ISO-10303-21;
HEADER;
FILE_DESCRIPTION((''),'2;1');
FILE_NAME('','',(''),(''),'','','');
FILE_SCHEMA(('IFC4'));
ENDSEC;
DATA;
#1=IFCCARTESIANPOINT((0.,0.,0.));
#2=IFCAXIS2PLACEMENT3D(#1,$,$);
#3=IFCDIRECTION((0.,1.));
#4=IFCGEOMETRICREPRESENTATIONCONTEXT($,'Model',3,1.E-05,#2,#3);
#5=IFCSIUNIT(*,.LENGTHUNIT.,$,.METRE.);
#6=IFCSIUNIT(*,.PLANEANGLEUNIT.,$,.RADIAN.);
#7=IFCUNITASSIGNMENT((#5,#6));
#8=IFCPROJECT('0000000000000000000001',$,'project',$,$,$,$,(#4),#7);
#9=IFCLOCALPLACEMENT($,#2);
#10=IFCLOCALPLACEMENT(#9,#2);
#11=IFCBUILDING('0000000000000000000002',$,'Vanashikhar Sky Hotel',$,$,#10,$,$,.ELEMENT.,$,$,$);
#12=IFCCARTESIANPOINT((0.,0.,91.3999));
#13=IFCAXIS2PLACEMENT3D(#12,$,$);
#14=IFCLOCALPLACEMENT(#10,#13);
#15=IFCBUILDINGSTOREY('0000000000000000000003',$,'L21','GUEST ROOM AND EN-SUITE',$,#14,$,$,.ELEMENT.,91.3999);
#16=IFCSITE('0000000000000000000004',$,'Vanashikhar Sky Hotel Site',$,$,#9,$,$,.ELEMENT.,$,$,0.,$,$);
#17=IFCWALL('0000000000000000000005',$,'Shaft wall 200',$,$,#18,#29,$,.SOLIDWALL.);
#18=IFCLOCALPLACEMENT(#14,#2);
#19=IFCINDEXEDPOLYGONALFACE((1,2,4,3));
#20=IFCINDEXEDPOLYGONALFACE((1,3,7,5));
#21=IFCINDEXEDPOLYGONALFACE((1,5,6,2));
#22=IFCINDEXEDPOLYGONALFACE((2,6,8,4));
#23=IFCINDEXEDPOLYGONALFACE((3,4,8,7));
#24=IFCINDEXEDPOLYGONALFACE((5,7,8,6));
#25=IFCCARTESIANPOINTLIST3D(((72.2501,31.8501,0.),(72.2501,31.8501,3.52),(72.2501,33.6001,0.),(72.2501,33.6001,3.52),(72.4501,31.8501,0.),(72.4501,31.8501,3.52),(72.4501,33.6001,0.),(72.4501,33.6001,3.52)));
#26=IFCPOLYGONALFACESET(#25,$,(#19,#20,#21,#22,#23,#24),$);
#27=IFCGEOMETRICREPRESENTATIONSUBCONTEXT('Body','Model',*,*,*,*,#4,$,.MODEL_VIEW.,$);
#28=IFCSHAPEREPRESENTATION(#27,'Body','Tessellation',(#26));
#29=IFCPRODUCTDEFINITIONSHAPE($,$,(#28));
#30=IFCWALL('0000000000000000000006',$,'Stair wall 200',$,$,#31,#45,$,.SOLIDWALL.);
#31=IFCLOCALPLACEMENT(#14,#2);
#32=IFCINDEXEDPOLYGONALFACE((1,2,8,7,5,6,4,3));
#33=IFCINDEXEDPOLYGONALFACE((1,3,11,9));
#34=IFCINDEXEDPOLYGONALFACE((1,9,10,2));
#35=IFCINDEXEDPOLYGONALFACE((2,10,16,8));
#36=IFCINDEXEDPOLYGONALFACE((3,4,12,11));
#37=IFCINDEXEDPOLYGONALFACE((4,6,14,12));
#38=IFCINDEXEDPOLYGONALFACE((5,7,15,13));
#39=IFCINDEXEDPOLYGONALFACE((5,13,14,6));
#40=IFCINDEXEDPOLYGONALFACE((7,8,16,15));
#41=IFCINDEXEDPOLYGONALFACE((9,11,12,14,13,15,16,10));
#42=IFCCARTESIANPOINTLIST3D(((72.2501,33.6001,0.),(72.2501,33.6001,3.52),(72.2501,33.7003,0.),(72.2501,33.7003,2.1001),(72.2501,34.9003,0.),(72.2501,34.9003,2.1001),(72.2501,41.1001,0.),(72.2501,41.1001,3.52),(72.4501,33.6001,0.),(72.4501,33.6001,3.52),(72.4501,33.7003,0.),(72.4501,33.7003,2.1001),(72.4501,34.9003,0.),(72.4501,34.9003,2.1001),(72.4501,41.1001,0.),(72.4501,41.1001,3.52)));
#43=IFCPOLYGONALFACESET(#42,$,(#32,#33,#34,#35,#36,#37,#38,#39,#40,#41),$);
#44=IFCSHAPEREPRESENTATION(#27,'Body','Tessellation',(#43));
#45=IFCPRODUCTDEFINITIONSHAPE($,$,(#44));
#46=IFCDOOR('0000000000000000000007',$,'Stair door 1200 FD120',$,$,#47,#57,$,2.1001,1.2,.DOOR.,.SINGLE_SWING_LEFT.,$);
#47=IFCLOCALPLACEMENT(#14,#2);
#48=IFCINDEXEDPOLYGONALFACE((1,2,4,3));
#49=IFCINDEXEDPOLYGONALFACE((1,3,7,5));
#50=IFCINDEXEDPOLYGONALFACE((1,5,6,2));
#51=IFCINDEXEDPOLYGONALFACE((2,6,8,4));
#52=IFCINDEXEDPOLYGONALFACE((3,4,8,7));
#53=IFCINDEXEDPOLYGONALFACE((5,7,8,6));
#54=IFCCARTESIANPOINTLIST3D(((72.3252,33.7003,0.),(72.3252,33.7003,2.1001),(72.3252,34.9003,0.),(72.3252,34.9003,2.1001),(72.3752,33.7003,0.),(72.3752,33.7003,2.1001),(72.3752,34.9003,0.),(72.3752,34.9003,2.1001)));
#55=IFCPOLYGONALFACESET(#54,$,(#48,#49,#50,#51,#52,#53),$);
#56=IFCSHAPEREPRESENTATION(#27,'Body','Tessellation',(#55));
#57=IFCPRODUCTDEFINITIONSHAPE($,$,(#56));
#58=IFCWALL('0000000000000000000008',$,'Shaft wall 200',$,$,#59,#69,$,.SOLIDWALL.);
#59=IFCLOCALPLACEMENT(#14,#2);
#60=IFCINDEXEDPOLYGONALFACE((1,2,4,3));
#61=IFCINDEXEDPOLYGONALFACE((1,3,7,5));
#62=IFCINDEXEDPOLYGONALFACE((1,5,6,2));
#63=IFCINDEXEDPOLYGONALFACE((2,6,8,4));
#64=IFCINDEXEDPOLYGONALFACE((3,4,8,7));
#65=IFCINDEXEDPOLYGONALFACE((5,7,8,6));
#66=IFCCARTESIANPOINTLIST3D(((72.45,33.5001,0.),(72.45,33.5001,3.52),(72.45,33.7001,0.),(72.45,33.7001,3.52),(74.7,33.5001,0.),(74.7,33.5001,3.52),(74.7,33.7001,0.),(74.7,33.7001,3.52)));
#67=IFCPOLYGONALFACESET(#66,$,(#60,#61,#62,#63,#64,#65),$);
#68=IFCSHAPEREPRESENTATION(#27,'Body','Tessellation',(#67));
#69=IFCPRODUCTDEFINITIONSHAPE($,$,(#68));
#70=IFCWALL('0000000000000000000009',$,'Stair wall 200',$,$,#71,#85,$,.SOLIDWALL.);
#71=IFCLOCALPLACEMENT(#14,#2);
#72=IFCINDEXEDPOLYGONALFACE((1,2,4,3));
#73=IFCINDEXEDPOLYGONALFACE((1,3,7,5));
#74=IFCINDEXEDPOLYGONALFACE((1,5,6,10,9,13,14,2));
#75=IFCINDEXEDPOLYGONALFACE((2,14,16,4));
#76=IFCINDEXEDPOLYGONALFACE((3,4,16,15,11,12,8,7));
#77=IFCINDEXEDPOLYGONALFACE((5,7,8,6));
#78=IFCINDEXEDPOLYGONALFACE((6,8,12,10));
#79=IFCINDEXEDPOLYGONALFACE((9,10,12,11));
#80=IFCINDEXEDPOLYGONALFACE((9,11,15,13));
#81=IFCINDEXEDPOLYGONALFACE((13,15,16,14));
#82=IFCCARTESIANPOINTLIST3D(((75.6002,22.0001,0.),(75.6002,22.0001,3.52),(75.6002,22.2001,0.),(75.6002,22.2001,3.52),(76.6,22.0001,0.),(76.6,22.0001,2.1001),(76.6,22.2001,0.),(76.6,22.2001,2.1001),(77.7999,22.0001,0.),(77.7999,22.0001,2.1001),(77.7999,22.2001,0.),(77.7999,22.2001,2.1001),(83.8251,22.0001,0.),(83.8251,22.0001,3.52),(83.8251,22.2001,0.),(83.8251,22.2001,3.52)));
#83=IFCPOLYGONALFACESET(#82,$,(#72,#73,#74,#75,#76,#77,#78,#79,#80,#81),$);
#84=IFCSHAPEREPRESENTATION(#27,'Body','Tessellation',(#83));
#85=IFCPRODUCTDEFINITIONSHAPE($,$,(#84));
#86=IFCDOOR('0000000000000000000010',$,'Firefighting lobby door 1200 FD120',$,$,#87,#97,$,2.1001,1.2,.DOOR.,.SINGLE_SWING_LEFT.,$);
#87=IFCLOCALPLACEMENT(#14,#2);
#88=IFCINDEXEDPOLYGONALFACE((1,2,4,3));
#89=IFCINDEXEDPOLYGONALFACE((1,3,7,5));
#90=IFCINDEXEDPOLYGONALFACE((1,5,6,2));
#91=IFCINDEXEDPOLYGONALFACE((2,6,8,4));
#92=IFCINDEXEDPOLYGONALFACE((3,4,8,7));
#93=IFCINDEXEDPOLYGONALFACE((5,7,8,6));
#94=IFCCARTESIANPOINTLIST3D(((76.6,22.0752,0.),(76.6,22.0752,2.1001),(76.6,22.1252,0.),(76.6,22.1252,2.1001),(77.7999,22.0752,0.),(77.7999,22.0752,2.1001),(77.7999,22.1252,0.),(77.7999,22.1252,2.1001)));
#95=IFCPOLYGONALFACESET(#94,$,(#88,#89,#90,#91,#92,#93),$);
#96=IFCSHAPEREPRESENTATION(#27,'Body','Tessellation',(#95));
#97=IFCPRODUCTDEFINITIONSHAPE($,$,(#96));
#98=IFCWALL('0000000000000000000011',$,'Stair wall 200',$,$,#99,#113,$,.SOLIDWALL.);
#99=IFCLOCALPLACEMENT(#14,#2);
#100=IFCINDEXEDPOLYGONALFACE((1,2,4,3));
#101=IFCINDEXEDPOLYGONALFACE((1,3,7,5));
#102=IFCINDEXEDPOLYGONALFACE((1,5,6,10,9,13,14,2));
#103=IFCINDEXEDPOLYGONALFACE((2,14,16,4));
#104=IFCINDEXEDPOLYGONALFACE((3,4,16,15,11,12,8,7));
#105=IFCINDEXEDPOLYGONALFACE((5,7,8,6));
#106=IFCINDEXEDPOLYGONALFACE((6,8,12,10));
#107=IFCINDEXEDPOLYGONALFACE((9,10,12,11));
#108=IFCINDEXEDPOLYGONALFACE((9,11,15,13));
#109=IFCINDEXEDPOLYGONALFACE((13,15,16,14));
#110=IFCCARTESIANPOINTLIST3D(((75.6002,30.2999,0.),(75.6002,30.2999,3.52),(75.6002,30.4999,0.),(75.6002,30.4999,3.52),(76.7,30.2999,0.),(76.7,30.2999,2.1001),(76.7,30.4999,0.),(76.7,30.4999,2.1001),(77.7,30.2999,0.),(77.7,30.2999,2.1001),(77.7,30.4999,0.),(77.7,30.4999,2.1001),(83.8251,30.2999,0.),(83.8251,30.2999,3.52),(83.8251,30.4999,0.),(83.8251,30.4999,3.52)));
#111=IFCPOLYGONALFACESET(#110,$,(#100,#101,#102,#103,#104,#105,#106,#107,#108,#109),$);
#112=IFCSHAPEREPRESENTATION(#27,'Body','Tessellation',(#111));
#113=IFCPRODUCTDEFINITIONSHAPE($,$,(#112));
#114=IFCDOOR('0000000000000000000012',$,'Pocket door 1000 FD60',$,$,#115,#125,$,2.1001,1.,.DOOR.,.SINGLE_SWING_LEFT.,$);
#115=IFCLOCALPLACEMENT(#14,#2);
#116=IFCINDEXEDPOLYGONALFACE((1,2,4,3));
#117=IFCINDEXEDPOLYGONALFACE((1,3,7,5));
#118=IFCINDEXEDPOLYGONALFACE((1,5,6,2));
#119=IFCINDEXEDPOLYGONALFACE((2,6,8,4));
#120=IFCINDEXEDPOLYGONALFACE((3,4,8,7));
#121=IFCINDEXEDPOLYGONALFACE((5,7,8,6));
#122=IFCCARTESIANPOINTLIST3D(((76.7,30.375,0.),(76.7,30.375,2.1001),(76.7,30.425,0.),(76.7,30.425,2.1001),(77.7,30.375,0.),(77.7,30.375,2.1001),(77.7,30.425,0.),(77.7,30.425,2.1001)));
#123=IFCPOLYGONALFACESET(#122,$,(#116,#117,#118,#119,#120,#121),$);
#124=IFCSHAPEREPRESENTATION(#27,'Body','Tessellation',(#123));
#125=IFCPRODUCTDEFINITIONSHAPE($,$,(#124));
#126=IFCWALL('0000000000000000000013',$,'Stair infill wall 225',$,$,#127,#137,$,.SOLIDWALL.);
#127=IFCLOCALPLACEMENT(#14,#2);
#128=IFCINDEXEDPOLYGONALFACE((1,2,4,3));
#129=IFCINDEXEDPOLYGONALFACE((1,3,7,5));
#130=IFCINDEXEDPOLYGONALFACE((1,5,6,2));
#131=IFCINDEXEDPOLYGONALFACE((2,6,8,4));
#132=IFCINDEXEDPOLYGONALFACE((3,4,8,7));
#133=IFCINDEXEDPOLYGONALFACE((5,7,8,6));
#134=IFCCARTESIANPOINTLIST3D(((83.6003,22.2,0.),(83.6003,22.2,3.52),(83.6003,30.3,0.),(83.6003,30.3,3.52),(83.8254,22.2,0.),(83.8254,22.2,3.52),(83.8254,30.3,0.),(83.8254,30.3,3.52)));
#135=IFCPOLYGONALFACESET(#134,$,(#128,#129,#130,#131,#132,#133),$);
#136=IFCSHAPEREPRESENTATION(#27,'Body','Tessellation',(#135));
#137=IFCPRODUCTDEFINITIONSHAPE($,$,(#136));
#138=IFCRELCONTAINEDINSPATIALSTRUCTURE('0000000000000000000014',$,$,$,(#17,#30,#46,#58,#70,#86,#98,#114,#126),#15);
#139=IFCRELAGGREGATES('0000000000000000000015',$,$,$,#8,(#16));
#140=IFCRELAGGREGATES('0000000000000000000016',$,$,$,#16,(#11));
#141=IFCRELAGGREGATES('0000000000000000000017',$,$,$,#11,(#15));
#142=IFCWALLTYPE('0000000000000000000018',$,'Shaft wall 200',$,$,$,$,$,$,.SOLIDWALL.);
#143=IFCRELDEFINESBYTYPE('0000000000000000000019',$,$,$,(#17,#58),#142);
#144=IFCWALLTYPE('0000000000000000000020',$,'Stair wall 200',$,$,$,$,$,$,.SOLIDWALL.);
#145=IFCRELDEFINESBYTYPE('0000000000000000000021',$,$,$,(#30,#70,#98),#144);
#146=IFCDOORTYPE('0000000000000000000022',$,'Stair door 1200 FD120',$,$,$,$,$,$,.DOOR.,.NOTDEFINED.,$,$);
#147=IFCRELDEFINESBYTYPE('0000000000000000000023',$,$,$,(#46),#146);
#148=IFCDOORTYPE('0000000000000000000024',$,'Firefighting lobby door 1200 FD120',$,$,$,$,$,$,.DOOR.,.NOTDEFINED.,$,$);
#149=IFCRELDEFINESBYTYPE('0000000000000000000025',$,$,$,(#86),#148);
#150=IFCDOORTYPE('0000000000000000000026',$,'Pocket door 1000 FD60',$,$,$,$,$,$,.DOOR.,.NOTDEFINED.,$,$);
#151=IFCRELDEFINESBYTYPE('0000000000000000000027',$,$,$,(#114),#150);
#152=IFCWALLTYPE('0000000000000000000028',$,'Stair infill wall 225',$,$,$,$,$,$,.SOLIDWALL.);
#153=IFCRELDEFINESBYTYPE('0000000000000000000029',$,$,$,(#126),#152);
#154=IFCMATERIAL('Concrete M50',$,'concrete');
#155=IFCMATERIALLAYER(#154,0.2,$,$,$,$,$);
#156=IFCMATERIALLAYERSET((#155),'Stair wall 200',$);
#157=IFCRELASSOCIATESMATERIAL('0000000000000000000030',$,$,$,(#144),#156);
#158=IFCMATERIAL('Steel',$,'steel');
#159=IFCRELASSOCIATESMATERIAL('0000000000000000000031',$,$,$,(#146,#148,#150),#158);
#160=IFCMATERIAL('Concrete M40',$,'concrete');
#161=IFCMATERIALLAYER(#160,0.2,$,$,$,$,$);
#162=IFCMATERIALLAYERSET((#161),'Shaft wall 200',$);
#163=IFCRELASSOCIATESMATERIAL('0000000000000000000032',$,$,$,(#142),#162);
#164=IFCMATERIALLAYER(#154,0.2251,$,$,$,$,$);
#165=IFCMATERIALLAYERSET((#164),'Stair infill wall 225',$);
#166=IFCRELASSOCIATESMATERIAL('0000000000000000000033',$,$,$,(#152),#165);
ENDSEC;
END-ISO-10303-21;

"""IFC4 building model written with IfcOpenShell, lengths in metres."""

from ifc_helpers import new_model, si_unit, direction, frame, frame_2d, origin, place, context, subcontext, project, spatial, rectangle, extrude, source, transform, mapped, material, layer, layer_set, type_object, element, fill, save


model = new_model("IFC4")

# Units and contexts
model_context = context("Model", 3, precision=1e-05, world=origin(), true_north=direction((0.0, 1.0)))
body_context = subcontext(model_context, "Body", "Model", "MODEL_VIEW")
ifc_project = project(units=[si_unit("LENGTHUNIT", "METRE"), si_unit("PLANEANGLEUNIT", "RADIAN")], contexts=[model_context])

# Site, building, storey
site_placement = place(None, origin())
site = spatial("IfcSite", under=ifc_project, at=site_placement, Name="Vanashikhar Sky Hotel Site", CompositionType="ELEMENT", RefElevation=0.0)
building_placement = place(site_placement, origin())
building = spatial("IfcBuilding", under=site, at=building_placement, Name="Vanashikhar Sky Hotel", CompositionType="ELEMENT")
storey_placement = place(building_placement, frame((0.0, 0.0, 91.3999)))
storey = spatial("IfcBuildingStorey", under=building, at=storey_placement, Name="L21", Description="GUEST ROOM AND EN-SUITE", CompositionType="ELEMENT", Elevation=91.3999)

# Shared definitions
ifc_material_1 = material(Name="Concrete M50", Category="concrete")

# Shared definitions
ifc_material_2 = material(Name="Steel", Category="steel")
shared_shape_1 = source(origin(), body_context, "Body", "SweptSolid", [
    extrude(rectangle(XDim=1.0, YDim=2.1001, at=frame_2d((0.5, 1.05))), frame((0.0, 0.0249, 0.0), z_axis=(0.0, -1.0, 0.0), x_axis=(1.0, 0.0, 0.0)), (0.0, 0.0, 1.0), 0.05),
])
shared_shape_2 = source(origin(), body_context, "Body", "SweptSolid", [
    extrude(rectangle(XDim=1.2, YDim=2.1001, at=frame_2d((0.6001, 1.05))), frame((0.0, 0.0249, 0.0), z_axis=(0.0, -1.0, 0.0), x_axis=(1.0, 0.0, 0.0)), (0.0, 0.0, 1.0), 0.05),
])

# Shared definitions
ifc_layer_1 = layer(ifc_material_1, 0.2)
ifc_layer_set_1 = layer_set([ifc_layer_1], Name="Stair wall 200")
wall_type_1 = type_object("IfcWallType", Name="Stair wall 200", PredefinedType="SOLIDWALL", material=ifc_layer_set_1)
shared_shape_3 = source(origin(), body_context, "Body", "SweptSolid", [
    extrude(rectangle(XDim=1.2, YDim=2.1001, at=frame_2d((0.6001, 1.05))), frame((0.0, 0.1099, 0.0), z_axis=(0.0, -1.0, 0.0), x_axis=(1.0, 0.0, 0.0)), (0.0, 0.0, 1.0), 0.22),
])
door_type_1 = type_object("IfcDoorType", Name="Stair door 1200 FD120", OperationType="NOTDEFINED", PredefinedType="DOOR", material=ifc_material_2)

# Wall
ifc_material_3 = material(Name="Concrete M40", Category="concrete")
ifc_layer_2 = layer(ifc_material_3, 0.2)
ifc_layer_set_2 = layer_set([ifc_layer_2], Name="Shaft wall 200")
wall_type_2 = type_object("IfcWallType", Name="Shaft wall 200", PredefinedType="SOLIDWALL", material=ifc_layer_set_2)
shared_shape_4 = source(origin(), body_context, "Body", "SweptSolid", [
    extrude(rectangle(XDim=1.75, YDim=0.2, at=frame_2d((0.875, 0.0))), origin(), (0.0, 0.0, 1.0), 3.52),
])
wall_1_placement = place(storey_placement, frame((72.3501, 31.8501, 0.0), z_axis=(0.0, 0.0, 1.0), x_axis=(0.0, 1.0, 0.0)))
element("IfcWall", 1, at=wall_1_placement, inside=storey, type_object=wall_type_2, Name="Shaft wall 200", PredefinedType="SOLIDWALL", context=body_context, shape_type="MappedRepresentation", body=[
    mapped(shared_shape_4, transform((0.0, 0.0, 0.0), scale=1.0)),
])

# Wall, opening, door
shared_shape_5 = source(origin(), body_context, "Body", "SweptSolid", [
    extrude(rectangle(XDim=7.5, YDim=0.2, at=frame_2d((3.75, 0.0))), origin(), (0.0, 0.0, 1.0), 3.52),
])
wall_2_placement = place(storey_placement, frame((72.3501, 33.6001, 0.0), z_axis=(0.0, 0.0, 1.0), x_axis=(0.0, 1.0, 0.0)))
wall_2 = element("IfcWall", 2, at=wall_2_placement, inside=storey, type_object=wall_type_1, Name="Stair wall 200", PredefinedType="SOLIDWALL", context=body_context, shape_type="MappedRepresentation", body=[
    mapped(shared_shape_5, transform((0.0, 0.0, 0.0), scale=1.0)),
])
opening_1_placement = place(wall_2_placement, frame((0.1001, 0.0, 0.0)))
opening_1 = element("IfcOpeningElement", 3, at=opening_1_placement, cuts=wall_2, PredefinedType="OPENING", context=body_context, shape_type="MappedRepresentation", body=[
    mapped(shared_shape_3, transform((0.0, 0.0, 0.0), scale=1.0)),
])
door_1_placement = place(opening_1_placement, origin())
door_1 = element("IfcDoor", 4, at=door_1_placement, inside=storey, type_object=door_type_1, Name="Stair door 1200 FD120", OperationType="SINGLE_SWING_LEFT", OverallHeight=2.1001, OverallWidth=1.2, PredefinedType="DOOR", context=body_context, shape_type="MappedRepresentation", body=[
    mapped(shared_shape_2, transform((0.0, 0.0, 0.0), scale=1.0)),
])
fill(opening_1, door_1)

# Wall
shared_shape_6 = source(origin(), body_context, "Body", "SweptSolid", [
    extrude(rectangle(XDim=2.25, YDim=0.2, at=frame_2d((1.125, 0.0))), origin(), (0.0, 0.0, 1.0), 3.52),
])
wall_3_placement = place(storey_placement, frame((72.45, 33.6001, 0.0), z_axis=(0.0, 0.0, 1.0), x_axis=(1.0, 0.0, 0.0)))
element("IfcWall", 5, at=wall_3_placement, inside=storey, type_object=wall_type_2, Name="Shaft wall 200", PredefinedType="SOLIDWALL", context=body_context, shape_type="MappedRepresentation", body=[
    mapped(shared_shape_6, transform((0.0, 0.0, 0.0), scale=1.0)),
])

# Walls, openings, doors
shared_shape_7 = source(origin(), body_context, "Body", "SweptSolid", [
    extrude(rectangle(XDim=8.2249, YDim=0.2, at=frame_2d((4.1123, 0.0))), origin(), (0.0, 0.0, 1.0), 3.52),
])
wall_4_placement = place(storey_placement, frame((83.825, 22.1001, 0.0), z_axis=(0.0, 0.0, 1.0), x_axis=(-1.0, 0.0, 0.0)))
wall_4 = element("IfcWall", 6, at=wall_4_placement, inside=storey, type_object=wall_type_1, Name="Stair wall 200", PredefinedType="SOLIDWALL", context=body_context, shape_type="MappedRepresentation", body=[
    mapped(shared_shape_7, transform((0.0, 0.0, 0.0), scale=1.0)),
])
opening_2_placement = place(wall_4_placement, frame((6.0249, 0.0, 0.0)))
opening_2 = element("IfcOpeningElement", 7, at=opening_2_placement, cuts=wall_4, PredefinedType="OPENING", context=body_context, shape_type="MappedRepresentation", body=[
    mapped(shared_shape_3, transform((0.0, 0.0, 0.0), scale=1.0)),
])
door_type_2 = type_object("IfcDoorType", Name="Firefighting lobby door 1200 FD120", OperationType="NOTDEFINED", PredefinedType="DOOR", material=ifc_material_2)
door_2_placement = place(opening_2_placement, origin())
door_2 = element("IfcDoor", 8, at=door_2_placement, inside=storey, type_object=door_type_2, Name="Firefighting lobby door 1200 FD120", OperationType="SINGLE_SWING_LEFT", OverallHeight=2.1001, OverallWidth=1.2, PredefinedType="DOOR", context=body_context, shape_type="MappedRepresentation", body=[
    mapped(shared_shape_2, transform((0.0, 0.0, 0.0), scale=1.0)),
])
fill(opening_2, door_2)
wall_5_placement = place(storey_placement, frame((83.825, 30.3999, 0.0), z_axis=(0.0, 0.0, 1.0), x_axis=(-1.0, 0.0, 0.0)))
wall_5 = element("IfcWall", 9, at=wall_5_placement, inside=storey, type_object=wall_type_1, Name="Stair wall 200", PredefinedType="SOLIDWALL", context=body_context, shape_type="MappedRepresentation", body=[
    mapped(shared_shape_7, transform((0.0, 0.0, 0.0), scale=1.0)),
])
shared_shape_8 = source(origin(), body_context, "Body", "SweptSolid", [
    extrude(rectangle(XDim=1.0, YDim=2.1001, at=frame_2d((0.5, 1.05))), frame((0.0, 0.1099, 0.0), z_axis=(0.0, -1.0, 0.0), x_axis=(1.0, 0.0, 0.0)), (0.0, 0.0, 1.0), 0.22),
])
opening_3_placement = place(wall_5_placement, frame((6.125, 0.0, 0.0)))
opening_3 = element("IfcOpeningElement", 10, at=opening_3_placement, cuts=wall_5, PredefinedType="OPENING", context=body_context, shape_type="MappedRepresentation", body=[
    mapped(shared_shape_8, transform((0.0, 0.0, 0.0), scale=1.0)),
])
door_type_3 = type_object("IfcDoorType", Name="Pocket door 1000 FD60", OperationType="NOTDEFINED", PredefinedType="DOOR", material=ifc_material_2)
door_3_placement = place(opening_3_placement, origin())
door_3 = element("IfcDoor", 11, at=door_3_placement, inside=storey, type_object=door_type_3, Name="Pocket door 1000 FD60", OperationType="SINGLE_SWING_LEFT", OverallHeight=2.1001, OverallWidth=1.0, PredefinedType="DOOR", context=body_context, shape_type="MappedRepresentation", body=[
    mapped(shared_shape_1, transform((0.0, 0.0, 0.0), scale=1.0)),
])
fill(opening_3, door_3)

# Wall
ifc_layer_3 = layer(ifc_material_1, 0.2251)
ifc_layer_set_3 = layer_set([ifc_layer_3], Name="Stair infill wall 225")
wall_type_3 = type_object("IfcWallType", Name="Stair infill wall 225", PredefinedType="SOLIDWALL", material=ifc_layer_set_3)
shared_shape_9 = source(origin(), body_context, "Body", "SweptSolid", [
    extrude(rectangle(XDim=8.1001, YDim=0.2251, at=frame_2d((4.05, 0.0))), origin(), (0.0, 0.0, 1.0), 3.52),
])
wall_6_placement = place(storey_placement, frame((83.7129, 22.2, 0.0), z_axis=(0.0, 0.0, 1.0), x_axis=(0.0, 1.0, 0.0)))
element("IfcWall", 12, at=wall_6_placement, inside=storey, type_object=wall_type_3, Name="Stair infill wall 225", PredefinedType="SOLIDWALL", context=body_context, shape_type="MappedRepresentation", body=[
    mapped(shared_shape_9, transform((0.0, 0.0, 0.0), scale=1.0)),
])

save(model, "model.ifc")
